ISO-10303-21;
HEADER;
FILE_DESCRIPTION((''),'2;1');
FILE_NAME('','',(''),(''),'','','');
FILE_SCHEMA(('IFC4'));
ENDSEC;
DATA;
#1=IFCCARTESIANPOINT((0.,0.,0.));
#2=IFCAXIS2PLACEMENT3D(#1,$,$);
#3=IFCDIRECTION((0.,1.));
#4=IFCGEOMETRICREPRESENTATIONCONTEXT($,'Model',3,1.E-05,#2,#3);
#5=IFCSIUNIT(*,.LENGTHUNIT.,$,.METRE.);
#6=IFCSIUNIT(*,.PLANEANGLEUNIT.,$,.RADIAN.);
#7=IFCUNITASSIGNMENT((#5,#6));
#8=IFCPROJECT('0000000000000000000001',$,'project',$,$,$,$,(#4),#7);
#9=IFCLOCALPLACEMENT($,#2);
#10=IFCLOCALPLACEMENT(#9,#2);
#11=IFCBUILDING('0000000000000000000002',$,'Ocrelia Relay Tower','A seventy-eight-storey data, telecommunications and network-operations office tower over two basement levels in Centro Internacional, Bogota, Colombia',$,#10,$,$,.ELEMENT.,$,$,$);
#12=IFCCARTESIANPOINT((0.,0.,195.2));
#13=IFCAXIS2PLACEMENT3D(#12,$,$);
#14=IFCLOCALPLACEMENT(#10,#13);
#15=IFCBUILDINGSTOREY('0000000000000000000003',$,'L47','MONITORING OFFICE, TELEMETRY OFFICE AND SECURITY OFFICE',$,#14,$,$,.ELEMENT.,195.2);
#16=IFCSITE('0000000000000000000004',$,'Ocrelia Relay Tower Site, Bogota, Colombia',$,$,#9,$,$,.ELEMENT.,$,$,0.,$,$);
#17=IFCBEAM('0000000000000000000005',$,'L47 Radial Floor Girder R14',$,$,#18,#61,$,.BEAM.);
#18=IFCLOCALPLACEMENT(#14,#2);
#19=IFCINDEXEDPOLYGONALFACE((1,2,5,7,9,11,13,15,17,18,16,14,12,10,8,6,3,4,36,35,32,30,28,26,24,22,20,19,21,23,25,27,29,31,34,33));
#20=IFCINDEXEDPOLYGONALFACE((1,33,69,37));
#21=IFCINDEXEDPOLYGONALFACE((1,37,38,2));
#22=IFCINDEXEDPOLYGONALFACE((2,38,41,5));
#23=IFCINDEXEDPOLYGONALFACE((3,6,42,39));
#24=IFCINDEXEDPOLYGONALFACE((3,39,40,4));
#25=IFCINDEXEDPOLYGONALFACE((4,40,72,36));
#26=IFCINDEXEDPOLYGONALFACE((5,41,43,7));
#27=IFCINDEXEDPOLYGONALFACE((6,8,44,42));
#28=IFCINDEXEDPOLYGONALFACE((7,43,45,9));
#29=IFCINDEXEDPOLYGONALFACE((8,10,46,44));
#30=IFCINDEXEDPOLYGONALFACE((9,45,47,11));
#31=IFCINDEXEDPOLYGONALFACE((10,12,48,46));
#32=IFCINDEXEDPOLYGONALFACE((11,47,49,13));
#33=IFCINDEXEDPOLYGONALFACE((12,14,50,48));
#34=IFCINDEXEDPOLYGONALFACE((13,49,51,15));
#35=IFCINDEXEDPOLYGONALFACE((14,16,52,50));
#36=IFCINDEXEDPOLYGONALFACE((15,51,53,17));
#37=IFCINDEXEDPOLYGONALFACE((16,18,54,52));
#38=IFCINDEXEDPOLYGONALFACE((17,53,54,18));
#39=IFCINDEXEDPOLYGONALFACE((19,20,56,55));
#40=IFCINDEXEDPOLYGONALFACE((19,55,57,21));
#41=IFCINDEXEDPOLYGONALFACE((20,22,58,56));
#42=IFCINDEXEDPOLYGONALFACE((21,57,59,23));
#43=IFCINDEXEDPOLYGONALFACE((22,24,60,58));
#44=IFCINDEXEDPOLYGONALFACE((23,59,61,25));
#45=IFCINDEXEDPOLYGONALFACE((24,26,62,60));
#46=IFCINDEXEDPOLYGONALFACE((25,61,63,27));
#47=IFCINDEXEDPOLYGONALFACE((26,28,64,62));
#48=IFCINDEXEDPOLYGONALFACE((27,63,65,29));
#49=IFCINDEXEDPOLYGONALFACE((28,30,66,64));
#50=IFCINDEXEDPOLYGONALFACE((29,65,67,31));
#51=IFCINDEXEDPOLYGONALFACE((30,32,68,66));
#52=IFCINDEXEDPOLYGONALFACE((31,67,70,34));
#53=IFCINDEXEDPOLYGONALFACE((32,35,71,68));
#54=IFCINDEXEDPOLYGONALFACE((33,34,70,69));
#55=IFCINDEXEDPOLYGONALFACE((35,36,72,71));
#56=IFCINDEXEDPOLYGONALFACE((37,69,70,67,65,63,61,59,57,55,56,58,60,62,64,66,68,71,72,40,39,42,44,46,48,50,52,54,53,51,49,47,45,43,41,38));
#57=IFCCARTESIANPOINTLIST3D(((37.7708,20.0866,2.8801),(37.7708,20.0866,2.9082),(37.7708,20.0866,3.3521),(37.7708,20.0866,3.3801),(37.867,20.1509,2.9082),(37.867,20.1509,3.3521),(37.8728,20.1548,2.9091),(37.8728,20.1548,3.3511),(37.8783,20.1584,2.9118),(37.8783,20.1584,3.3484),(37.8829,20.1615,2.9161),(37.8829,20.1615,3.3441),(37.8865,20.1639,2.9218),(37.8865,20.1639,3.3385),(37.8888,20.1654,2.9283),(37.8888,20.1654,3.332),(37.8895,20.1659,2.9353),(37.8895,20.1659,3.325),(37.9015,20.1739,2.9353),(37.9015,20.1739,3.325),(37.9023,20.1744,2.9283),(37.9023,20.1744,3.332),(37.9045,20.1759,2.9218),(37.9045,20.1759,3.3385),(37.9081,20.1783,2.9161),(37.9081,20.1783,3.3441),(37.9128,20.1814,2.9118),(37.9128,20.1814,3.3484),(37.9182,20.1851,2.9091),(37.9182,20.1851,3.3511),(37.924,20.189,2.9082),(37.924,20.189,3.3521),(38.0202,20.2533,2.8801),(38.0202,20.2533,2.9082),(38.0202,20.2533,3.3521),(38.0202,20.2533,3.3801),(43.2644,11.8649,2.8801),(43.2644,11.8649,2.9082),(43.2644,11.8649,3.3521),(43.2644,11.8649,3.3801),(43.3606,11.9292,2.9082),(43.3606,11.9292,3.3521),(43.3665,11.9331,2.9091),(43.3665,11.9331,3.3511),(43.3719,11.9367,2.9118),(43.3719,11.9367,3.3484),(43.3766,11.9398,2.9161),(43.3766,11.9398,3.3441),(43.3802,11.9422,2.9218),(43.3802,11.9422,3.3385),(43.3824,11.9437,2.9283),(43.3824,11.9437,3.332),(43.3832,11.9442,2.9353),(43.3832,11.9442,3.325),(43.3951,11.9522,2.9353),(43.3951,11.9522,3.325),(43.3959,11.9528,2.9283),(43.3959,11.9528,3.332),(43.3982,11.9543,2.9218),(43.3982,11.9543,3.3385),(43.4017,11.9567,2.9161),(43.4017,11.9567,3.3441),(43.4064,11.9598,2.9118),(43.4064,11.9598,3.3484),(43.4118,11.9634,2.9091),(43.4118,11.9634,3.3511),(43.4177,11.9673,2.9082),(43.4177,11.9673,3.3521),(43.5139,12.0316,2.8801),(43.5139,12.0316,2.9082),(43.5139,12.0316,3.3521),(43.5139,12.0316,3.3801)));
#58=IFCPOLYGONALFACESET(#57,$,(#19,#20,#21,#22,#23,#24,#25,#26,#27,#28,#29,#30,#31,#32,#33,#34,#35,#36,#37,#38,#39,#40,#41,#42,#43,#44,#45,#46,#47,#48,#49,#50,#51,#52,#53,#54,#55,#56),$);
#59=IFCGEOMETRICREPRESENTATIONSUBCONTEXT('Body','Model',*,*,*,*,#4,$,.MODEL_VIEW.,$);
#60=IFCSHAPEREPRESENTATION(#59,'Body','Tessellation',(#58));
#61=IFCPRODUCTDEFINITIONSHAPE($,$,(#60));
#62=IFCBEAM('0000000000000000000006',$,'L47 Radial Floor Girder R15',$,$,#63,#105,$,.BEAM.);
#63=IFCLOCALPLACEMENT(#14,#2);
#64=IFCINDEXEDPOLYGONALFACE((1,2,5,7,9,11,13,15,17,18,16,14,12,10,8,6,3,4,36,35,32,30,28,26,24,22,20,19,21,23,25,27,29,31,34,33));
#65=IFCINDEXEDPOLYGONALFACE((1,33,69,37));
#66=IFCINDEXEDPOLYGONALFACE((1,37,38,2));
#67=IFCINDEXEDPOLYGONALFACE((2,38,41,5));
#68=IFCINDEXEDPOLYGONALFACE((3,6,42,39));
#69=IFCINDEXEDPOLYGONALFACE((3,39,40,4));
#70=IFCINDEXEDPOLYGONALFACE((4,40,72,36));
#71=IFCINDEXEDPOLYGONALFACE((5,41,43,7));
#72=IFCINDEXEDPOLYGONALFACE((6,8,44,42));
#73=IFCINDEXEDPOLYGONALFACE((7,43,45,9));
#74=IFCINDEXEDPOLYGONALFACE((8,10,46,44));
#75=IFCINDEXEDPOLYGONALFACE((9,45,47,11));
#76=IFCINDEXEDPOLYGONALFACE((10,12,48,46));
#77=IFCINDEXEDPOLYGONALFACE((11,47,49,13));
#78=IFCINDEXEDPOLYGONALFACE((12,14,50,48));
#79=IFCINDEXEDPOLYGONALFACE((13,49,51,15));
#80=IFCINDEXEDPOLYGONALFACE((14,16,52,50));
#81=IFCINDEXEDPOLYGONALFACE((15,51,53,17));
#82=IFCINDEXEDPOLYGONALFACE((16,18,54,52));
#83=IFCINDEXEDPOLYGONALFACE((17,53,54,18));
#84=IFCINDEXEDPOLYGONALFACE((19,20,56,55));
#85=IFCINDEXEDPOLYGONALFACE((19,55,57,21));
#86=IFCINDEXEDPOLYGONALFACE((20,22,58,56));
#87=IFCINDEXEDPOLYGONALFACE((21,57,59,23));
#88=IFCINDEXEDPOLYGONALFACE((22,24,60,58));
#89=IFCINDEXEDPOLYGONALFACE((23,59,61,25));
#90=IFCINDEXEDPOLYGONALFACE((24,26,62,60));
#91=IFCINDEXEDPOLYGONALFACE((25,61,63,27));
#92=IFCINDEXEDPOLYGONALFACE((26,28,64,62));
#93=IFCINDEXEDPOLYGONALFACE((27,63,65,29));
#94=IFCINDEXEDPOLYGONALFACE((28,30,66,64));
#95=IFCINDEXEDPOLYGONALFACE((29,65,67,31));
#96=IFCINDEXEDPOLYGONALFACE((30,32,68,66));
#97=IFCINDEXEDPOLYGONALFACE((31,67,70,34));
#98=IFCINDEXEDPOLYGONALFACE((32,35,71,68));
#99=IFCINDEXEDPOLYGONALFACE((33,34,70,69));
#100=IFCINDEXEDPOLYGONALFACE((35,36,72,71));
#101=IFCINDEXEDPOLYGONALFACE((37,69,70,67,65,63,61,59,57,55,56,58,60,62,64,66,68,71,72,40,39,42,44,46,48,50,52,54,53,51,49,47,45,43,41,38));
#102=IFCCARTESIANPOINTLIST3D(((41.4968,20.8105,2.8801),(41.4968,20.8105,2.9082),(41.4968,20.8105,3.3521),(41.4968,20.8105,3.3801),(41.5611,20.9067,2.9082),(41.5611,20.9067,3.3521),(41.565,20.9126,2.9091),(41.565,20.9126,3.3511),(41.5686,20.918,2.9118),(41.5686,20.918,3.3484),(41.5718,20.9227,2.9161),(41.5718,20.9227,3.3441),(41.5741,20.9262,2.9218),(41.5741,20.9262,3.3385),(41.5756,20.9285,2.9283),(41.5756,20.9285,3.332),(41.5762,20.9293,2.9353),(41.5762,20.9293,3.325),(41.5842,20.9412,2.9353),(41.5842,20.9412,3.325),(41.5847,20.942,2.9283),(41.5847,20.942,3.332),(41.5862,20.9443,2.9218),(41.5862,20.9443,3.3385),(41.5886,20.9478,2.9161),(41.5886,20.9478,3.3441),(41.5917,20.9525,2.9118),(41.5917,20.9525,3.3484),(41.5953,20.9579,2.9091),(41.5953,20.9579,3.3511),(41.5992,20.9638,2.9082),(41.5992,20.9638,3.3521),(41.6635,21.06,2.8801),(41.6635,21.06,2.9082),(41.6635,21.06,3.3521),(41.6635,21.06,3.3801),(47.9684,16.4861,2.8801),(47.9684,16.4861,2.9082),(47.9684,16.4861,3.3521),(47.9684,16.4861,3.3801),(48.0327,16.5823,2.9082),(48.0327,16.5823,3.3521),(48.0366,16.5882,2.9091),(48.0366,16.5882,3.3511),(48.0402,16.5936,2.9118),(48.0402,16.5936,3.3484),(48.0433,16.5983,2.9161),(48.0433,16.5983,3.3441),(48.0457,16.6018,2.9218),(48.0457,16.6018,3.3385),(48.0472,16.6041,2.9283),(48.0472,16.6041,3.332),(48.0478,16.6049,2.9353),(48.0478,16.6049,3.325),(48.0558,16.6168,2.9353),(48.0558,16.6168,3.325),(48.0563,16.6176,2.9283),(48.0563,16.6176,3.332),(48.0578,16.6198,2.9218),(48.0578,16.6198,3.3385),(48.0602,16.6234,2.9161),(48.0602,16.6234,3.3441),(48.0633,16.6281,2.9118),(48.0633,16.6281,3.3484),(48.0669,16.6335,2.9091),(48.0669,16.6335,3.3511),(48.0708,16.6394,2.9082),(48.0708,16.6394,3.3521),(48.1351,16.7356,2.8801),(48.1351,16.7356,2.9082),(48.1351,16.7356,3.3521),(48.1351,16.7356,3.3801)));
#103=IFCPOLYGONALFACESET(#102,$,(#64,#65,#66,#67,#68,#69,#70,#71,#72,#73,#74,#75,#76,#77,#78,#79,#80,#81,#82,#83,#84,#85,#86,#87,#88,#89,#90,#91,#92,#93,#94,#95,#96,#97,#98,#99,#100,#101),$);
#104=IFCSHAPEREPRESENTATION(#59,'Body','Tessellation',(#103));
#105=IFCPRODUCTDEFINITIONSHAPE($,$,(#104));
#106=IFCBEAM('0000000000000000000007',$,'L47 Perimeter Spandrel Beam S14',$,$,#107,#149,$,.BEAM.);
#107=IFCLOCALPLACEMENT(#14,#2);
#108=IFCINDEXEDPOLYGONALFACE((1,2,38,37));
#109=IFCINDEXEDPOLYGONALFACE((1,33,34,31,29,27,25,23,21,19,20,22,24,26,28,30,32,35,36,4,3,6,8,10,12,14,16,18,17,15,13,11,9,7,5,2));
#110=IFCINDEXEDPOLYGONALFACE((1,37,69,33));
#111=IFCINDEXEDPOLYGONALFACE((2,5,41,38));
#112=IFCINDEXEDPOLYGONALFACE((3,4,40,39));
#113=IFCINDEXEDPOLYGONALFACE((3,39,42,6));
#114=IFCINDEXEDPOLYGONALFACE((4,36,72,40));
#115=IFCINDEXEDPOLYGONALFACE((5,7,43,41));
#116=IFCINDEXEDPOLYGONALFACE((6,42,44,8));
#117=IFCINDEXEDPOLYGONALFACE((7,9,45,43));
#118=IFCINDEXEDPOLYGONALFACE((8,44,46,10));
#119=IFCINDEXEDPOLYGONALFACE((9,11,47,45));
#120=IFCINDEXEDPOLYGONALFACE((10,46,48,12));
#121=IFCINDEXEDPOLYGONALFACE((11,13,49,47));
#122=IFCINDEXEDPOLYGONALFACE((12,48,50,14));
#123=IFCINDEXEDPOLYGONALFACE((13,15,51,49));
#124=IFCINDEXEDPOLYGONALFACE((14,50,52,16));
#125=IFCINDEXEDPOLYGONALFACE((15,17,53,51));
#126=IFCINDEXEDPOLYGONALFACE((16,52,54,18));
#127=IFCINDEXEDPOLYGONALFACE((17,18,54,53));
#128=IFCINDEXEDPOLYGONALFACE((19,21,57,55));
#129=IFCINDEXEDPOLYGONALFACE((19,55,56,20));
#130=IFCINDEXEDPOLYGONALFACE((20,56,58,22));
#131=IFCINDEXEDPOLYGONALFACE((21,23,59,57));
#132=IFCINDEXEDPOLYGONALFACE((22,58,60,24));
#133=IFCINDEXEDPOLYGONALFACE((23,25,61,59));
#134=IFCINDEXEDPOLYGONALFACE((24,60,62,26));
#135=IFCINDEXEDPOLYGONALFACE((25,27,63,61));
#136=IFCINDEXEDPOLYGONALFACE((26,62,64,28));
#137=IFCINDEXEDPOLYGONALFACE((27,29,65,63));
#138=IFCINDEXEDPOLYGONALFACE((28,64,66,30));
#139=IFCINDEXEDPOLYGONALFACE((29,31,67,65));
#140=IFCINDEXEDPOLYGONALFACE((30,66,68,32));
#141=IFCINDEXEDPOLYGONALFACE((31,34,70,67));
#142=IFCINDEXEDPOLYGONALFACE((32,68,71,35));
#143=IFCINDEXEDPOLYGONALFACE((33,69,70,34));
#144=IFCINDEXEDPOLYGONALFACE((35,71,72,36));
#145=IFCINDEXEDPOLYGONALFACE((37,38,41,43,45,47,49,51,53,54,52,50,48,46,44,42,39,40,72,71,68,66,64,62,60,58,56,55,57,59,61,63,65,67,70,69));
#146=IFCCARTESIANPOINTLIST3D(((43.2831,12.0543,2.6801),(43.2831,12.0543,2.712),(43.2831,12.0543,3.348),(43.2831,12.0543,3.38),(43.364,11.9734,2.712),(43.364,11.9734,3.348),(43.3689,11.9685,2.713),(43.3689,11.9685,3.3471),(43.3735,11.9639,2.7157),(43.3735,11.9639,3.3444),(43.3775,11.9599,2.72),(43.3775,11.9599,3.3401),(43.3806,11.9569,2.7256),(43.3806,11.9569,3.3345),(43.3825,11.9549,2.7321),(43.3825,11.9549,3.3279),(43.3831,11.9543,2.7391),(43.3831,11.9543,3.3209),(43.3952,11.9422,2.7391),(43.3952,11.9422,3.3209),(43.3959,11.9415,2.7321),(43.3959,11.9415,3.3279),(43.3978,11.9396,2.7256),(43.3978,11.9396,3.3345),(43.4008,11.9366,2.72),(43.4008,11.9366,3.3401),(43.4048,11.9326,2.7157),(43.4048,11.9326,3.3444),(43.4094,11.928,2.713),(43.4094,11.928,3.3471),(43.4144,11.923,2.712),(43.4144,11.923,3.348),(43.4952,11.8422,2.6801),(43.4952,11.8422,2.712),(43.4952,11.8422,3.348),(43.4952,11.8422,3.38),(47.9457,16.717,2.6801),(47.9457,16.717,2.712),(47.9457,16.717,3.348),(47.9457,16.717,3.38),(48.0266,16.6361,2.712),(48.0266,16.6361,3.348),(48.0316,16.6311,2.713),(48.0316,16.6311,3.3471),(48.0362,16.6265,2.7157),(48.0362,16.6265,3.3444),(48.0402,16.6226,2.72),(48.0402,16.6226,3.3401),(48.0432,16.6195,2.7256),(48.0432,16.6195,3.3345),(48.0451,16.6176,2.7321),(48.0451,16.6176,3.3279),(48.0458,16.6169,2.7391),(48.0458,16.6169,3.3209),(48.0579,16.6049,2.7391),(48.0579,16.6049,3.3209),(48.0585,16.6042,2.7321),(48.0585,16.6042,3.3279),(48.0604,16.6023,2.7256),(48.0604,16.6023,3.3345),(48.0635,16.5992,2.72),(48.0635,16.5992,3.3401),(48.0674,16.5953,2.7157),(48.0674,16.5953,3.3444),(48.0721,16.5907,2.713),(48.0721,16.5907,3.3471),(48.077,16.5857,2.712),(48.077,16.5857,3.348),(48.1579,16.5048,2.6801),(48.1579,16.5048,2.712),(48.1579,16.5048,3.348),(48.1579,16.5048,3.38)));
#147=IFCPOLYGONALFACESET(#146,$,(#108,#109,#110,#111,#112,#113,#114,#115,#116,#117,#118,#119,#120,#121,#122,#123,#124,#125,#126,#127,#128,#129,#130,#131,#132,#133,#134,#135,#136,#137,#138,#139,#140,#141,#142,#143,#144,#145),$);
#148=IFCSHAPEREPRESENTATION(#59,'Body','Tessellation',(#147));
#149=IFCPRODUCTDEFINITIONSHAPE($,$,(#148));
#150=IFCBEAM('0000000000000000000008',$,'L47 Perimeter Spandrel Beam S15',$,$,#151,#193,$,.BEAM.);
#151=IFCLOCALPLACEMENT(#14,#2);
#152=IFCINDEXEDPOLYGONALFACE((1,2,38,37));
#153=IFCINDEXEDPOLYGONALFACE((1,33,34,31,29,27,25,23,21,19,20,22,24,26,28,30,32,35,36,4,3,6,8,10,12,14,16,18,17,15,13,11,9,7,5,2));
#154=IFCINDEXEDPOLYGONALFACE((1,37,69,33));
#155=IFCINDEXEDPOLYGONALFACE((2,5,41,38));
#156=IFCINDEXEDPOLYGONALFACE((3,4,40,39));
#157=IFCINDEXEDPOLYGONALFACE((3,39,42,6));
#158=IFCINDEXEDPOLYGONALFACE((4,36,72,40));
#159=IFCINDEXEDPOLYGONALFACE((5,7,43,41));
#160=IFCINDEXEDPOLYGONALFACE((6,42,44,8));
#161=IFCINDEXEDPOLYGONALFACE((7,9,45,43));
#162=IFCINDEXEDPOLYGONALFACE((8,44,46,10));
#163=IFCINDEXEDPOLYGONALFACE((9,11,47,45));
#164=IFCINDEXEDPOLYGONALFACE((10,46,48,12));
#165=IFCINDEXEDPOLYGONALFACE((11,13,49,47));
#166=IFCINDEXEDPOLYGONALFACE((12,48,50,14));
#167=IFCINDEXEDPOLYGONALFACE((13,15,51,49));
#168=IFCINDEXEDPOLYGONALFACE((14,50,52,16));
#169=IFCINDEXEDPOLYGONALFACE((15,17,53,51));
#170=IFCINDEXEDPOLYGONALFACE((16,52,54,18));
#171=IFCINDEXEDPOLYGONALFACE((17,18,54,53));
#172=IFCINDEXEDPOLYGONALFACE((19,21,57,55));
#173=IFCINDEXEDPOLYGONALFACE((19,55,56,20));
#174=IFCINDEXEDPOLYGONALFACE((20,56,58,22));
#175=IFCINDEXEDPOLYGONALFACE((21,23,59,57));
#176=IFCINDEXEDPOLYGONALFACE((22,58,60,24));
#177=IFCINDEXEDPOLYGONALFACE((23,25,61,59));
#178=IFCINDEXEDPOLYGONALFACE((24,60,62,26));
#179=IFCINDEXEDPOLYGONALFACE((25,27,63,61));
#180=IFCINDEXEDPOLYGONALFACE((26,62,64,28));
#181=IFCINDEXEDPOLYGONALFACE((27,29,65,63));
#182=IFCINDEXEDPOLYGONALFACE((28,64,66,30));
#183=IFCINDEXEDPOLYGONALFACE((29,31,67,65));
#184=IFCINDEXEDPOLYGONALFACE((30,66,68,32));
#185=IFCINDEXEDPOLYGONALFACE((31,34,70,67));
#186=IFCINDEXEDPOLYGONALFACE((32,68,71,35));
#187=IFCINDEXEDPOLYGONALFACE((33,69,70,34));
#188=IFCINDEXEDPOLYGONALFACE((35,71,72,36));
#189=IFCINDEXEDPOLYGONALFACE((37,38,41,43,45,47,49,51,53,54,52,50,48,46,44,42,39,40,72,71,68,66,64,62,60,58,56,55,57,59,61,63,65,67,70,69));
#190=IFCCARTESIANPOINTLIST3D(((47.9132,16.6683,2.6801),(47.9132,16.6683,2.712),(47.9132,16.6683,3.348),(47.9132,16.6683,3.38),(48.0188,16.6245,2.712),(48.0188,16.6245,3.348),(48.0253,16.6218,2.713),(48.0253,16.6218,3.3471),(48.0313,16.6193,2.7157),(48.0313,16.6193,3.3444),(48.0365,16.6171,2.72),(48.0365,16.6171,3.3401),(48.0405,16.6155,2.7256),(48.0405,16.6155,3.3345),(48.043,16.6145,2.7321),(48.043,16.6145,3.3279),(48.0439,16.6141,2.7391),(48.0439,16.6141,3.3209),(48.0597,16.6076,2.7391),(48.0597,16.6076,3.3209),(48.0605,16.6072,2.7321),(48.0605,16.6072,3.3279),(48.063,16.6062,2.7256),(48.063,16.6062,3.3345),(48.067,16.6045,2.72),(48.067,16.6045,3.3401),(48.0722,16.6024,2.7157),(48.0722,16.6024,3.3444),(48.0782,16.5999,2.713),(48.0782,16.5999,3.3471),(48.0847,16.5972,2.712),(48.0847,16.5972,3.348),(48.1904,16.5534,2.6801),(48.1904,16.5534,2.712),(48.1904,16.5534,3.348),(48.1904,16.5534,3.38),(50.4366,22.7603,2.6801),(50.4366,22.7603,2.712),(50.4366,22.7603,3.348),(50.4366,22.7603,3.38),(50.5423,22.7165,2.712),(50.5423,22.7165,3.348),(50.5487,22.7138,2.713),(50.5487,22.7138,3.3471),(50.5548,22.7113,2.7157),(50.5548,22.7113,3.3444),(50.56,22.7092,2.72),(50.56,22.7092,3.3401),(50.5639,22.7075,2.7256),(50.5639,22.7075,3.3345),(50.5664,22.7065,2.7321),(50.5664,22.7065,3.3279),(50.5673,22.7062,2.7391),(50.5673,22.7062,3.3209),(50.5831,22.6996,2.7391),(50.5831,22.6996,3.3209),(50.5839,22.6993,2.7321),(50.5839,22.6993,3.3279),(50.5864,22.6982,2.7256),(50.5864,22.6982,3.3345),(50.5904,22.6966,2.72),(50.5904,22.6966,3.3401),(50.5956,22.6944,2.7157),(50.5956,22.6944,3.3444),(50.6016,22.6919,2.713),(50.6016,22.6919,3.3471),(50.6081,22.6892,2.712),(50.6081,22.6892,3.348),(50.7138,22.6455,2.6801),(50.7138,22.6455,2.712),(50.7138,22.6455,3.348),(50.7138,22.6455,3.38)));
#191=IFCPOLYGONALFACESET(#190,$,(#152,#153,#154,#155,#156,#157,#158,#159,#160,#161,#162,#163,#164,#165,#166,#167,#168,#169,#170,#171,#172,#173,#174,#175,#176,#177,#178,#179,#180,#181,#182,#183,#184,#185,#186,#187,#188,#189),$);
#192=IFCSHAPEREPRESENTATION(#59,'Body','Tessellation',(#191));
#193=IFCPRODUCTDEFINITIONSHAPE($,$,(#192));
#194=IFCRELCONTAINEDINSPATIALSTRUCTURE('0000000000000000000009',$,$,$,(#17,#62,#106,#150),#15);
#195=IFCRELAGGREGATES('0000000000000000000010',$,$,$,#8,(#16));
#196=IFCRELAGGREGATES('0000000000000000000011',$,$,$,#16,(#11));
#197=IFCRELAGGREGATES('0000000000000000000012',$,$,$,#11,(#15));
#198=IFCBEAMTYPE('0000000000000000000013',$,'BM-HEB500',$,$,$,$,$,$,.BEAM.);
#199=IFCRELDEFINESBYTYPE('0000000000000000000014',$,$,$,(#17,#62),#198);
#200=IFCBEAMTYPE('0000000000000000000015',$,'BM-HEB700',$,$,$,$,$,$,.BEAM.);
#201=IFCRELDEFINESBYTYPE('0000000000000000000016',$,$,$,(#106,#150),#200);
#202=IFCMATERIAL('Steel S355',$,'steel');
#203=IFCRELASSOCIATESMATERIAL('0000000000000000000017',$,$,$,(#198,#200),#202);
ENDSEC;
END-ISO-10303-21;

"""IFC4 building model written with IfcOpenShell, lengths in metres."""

from ifc_helpers import new_model, si_unit, direction, frame, origin, origin_2d, place, context, subcontext, project, spatial, i_section, extrude, material, material_profile, profile_set, type_object, element, save


model = new_model("IFC4")

# Units and contexts
model_context = context("Model", 3, precision=1e-05, world=origin(), true_north=direction((0.0, 1.0)))
body_context = subcontext(model_context, "Body", "Model", "MODEL_VIEW")
ifc_project = project(units=[si_unit("LENGTHUNIT", "METRE"), si_unit("PLANEANGLEUNIT", "RADIAN")], contexts=[model_context])

# Site, building, storey
site_placement = place(None, origin())
site = spatial("IfcSite", under=ifc_project, at=site_placement, Name="Ocrelia Relay Tower Site, Bogota, Colombia", CompositionType="ELEMENT", RefElevation=0.0)
building_placement = place(site_placement, origin())
building = spatial("IfcBuilding", under=site, at=building_placement, Name="Ocrelia Relay Tower", Description="A seventy-eight-storey data, telecommunications and network-operations office tower over two basement levels in Centro Internacional, Bogota, Colombia", CompositionType="ELEMENT")
storey_placement = place(building_placement, frame((0.0, 0.0, 195.2)))
storey = spatial("IfcBuildingStorey", under=building, at=storey_placement, Name="L47", Description="MONITORING OFFICE, TELEMETRY OFFICE AND SECURITY OFFICE", CompositionType="ELEMENT", Elevation=195.2)

# Beams
ifc_material_1 = material(Name="Steel S355", Category="steel")
ifc_material_profile_1 = material_profile(ifc_material_1, i_section(OverallWidth=0.3, OverallDepth=0.5, WebThickness=0.0144, FlangeThickness=0.0281, FilletRadius=0.0271, at=origin_2d()), Name="HEB 500")
ifc_profile_set_1 = profile_set([ifc_material_profile_1], Name="Steel S355")
beam_type_1 = type_object("IfcBeamType", Name="BM-HEB500", PredefinedType="BEAM", material=ifc_profile_set_1)
beam_1_placement = place(storey_placement, frame((43.3892, 11.9482, 3.1301), z_axis=(-0.555577, 0.831465, 0.0), x_axis=(-0.831465, -0.555577, 0.0)))
element("IfcBeam", 1, at=beam_1_placement, inside=storey, type_object=beam_type_1, Name="L47 Radial Floor Girder R14", PredefinedType="BEAM", context=body_context, shape_type="SweptSolid", body=[
    extrude(i_section(OverallWidth=0.3, OverallDepth=0.5, WebThickness=0.0144, FlangeThickness=0.0281, FilletRadius=0.0271, at=origin_2d()), origin(), (0.0, 0.0, 1.0), 9.8882),
])
beam_2_placement = place(storey_placement, frame((48.0518, 16.6108, 3.1301), z_axis=(-0.831456, 0.55559, 0.0), x_axis=(-0.55559, -0.831456, 0.0)))
element("IfcBeam", 2, at=beam_2_placement, inside=storey, type_object=beam_type_1, Name="L47 Radial Floor Girder R15", PredefinedType="BEAM", context=body_context, shape_type="SweptSolid", body=[
    extrude(i_section(OverallWidth=0.3, OverallDepth=0.5, WebThickness=0.0144, FlangeThickness=0.0281, FilletRadius=0.0271, at=origin_2d()), origin(), (0.0, 0.0, 1.0), 7.7834),
])
ifc_material_profile_2 = material_profile(ifc_material_1, i_section(OverallWidth=0.3, OverallDepth=0.7, WebThickness=0.0171, FlangeThickness=0.032, FilletRadius=0.0271, at=origin_2d()), Name="HEB 700")
ifc_profile_set_2 = profile_set([ifc_material_profile_2], Name="Steel S355")
beam_type_2 = type_object("IfcBeamType", Name="BM-HEB700", PredefinedType="BEAM", material=ifc_profile_set_2)
for number, where, z_axis, x_axis, name in (
    (3, (43.3892, 11.9482, 3.03), (0.707107, 0.707107, 0.0), (-0.707107, 0.707107, 0.0), "L47 Perimeter Spandrel Beam S14"),
    (4, (48.0518, 16.6108, 3.03), (0.382688, 0.923878, 0.0), (-0.923878, 0.382688, 0.0), "L47 Perimeter Spandrel Beam S15"),
):
    element("IfcBeam", number, at=place(storey_placement, frame(where, z_axis=z_axis, x_axis=x_axis)), inside=storey, type_object=beam_type_2, Name=name, PredefinedType="BEAM", context=body_context, shape_type="SweptSolid", body=[
        extrude(i_section(OverallWidth=0.3, OverallDepth=0.7, WebThickness=0.0171, FlangeThickness=0.032, FilletRadius=0.0271, at=origin_2d()), origin(), (0.0, 0.0, 1.0), 6.594),
    ])

save(model, "model.ifc")
